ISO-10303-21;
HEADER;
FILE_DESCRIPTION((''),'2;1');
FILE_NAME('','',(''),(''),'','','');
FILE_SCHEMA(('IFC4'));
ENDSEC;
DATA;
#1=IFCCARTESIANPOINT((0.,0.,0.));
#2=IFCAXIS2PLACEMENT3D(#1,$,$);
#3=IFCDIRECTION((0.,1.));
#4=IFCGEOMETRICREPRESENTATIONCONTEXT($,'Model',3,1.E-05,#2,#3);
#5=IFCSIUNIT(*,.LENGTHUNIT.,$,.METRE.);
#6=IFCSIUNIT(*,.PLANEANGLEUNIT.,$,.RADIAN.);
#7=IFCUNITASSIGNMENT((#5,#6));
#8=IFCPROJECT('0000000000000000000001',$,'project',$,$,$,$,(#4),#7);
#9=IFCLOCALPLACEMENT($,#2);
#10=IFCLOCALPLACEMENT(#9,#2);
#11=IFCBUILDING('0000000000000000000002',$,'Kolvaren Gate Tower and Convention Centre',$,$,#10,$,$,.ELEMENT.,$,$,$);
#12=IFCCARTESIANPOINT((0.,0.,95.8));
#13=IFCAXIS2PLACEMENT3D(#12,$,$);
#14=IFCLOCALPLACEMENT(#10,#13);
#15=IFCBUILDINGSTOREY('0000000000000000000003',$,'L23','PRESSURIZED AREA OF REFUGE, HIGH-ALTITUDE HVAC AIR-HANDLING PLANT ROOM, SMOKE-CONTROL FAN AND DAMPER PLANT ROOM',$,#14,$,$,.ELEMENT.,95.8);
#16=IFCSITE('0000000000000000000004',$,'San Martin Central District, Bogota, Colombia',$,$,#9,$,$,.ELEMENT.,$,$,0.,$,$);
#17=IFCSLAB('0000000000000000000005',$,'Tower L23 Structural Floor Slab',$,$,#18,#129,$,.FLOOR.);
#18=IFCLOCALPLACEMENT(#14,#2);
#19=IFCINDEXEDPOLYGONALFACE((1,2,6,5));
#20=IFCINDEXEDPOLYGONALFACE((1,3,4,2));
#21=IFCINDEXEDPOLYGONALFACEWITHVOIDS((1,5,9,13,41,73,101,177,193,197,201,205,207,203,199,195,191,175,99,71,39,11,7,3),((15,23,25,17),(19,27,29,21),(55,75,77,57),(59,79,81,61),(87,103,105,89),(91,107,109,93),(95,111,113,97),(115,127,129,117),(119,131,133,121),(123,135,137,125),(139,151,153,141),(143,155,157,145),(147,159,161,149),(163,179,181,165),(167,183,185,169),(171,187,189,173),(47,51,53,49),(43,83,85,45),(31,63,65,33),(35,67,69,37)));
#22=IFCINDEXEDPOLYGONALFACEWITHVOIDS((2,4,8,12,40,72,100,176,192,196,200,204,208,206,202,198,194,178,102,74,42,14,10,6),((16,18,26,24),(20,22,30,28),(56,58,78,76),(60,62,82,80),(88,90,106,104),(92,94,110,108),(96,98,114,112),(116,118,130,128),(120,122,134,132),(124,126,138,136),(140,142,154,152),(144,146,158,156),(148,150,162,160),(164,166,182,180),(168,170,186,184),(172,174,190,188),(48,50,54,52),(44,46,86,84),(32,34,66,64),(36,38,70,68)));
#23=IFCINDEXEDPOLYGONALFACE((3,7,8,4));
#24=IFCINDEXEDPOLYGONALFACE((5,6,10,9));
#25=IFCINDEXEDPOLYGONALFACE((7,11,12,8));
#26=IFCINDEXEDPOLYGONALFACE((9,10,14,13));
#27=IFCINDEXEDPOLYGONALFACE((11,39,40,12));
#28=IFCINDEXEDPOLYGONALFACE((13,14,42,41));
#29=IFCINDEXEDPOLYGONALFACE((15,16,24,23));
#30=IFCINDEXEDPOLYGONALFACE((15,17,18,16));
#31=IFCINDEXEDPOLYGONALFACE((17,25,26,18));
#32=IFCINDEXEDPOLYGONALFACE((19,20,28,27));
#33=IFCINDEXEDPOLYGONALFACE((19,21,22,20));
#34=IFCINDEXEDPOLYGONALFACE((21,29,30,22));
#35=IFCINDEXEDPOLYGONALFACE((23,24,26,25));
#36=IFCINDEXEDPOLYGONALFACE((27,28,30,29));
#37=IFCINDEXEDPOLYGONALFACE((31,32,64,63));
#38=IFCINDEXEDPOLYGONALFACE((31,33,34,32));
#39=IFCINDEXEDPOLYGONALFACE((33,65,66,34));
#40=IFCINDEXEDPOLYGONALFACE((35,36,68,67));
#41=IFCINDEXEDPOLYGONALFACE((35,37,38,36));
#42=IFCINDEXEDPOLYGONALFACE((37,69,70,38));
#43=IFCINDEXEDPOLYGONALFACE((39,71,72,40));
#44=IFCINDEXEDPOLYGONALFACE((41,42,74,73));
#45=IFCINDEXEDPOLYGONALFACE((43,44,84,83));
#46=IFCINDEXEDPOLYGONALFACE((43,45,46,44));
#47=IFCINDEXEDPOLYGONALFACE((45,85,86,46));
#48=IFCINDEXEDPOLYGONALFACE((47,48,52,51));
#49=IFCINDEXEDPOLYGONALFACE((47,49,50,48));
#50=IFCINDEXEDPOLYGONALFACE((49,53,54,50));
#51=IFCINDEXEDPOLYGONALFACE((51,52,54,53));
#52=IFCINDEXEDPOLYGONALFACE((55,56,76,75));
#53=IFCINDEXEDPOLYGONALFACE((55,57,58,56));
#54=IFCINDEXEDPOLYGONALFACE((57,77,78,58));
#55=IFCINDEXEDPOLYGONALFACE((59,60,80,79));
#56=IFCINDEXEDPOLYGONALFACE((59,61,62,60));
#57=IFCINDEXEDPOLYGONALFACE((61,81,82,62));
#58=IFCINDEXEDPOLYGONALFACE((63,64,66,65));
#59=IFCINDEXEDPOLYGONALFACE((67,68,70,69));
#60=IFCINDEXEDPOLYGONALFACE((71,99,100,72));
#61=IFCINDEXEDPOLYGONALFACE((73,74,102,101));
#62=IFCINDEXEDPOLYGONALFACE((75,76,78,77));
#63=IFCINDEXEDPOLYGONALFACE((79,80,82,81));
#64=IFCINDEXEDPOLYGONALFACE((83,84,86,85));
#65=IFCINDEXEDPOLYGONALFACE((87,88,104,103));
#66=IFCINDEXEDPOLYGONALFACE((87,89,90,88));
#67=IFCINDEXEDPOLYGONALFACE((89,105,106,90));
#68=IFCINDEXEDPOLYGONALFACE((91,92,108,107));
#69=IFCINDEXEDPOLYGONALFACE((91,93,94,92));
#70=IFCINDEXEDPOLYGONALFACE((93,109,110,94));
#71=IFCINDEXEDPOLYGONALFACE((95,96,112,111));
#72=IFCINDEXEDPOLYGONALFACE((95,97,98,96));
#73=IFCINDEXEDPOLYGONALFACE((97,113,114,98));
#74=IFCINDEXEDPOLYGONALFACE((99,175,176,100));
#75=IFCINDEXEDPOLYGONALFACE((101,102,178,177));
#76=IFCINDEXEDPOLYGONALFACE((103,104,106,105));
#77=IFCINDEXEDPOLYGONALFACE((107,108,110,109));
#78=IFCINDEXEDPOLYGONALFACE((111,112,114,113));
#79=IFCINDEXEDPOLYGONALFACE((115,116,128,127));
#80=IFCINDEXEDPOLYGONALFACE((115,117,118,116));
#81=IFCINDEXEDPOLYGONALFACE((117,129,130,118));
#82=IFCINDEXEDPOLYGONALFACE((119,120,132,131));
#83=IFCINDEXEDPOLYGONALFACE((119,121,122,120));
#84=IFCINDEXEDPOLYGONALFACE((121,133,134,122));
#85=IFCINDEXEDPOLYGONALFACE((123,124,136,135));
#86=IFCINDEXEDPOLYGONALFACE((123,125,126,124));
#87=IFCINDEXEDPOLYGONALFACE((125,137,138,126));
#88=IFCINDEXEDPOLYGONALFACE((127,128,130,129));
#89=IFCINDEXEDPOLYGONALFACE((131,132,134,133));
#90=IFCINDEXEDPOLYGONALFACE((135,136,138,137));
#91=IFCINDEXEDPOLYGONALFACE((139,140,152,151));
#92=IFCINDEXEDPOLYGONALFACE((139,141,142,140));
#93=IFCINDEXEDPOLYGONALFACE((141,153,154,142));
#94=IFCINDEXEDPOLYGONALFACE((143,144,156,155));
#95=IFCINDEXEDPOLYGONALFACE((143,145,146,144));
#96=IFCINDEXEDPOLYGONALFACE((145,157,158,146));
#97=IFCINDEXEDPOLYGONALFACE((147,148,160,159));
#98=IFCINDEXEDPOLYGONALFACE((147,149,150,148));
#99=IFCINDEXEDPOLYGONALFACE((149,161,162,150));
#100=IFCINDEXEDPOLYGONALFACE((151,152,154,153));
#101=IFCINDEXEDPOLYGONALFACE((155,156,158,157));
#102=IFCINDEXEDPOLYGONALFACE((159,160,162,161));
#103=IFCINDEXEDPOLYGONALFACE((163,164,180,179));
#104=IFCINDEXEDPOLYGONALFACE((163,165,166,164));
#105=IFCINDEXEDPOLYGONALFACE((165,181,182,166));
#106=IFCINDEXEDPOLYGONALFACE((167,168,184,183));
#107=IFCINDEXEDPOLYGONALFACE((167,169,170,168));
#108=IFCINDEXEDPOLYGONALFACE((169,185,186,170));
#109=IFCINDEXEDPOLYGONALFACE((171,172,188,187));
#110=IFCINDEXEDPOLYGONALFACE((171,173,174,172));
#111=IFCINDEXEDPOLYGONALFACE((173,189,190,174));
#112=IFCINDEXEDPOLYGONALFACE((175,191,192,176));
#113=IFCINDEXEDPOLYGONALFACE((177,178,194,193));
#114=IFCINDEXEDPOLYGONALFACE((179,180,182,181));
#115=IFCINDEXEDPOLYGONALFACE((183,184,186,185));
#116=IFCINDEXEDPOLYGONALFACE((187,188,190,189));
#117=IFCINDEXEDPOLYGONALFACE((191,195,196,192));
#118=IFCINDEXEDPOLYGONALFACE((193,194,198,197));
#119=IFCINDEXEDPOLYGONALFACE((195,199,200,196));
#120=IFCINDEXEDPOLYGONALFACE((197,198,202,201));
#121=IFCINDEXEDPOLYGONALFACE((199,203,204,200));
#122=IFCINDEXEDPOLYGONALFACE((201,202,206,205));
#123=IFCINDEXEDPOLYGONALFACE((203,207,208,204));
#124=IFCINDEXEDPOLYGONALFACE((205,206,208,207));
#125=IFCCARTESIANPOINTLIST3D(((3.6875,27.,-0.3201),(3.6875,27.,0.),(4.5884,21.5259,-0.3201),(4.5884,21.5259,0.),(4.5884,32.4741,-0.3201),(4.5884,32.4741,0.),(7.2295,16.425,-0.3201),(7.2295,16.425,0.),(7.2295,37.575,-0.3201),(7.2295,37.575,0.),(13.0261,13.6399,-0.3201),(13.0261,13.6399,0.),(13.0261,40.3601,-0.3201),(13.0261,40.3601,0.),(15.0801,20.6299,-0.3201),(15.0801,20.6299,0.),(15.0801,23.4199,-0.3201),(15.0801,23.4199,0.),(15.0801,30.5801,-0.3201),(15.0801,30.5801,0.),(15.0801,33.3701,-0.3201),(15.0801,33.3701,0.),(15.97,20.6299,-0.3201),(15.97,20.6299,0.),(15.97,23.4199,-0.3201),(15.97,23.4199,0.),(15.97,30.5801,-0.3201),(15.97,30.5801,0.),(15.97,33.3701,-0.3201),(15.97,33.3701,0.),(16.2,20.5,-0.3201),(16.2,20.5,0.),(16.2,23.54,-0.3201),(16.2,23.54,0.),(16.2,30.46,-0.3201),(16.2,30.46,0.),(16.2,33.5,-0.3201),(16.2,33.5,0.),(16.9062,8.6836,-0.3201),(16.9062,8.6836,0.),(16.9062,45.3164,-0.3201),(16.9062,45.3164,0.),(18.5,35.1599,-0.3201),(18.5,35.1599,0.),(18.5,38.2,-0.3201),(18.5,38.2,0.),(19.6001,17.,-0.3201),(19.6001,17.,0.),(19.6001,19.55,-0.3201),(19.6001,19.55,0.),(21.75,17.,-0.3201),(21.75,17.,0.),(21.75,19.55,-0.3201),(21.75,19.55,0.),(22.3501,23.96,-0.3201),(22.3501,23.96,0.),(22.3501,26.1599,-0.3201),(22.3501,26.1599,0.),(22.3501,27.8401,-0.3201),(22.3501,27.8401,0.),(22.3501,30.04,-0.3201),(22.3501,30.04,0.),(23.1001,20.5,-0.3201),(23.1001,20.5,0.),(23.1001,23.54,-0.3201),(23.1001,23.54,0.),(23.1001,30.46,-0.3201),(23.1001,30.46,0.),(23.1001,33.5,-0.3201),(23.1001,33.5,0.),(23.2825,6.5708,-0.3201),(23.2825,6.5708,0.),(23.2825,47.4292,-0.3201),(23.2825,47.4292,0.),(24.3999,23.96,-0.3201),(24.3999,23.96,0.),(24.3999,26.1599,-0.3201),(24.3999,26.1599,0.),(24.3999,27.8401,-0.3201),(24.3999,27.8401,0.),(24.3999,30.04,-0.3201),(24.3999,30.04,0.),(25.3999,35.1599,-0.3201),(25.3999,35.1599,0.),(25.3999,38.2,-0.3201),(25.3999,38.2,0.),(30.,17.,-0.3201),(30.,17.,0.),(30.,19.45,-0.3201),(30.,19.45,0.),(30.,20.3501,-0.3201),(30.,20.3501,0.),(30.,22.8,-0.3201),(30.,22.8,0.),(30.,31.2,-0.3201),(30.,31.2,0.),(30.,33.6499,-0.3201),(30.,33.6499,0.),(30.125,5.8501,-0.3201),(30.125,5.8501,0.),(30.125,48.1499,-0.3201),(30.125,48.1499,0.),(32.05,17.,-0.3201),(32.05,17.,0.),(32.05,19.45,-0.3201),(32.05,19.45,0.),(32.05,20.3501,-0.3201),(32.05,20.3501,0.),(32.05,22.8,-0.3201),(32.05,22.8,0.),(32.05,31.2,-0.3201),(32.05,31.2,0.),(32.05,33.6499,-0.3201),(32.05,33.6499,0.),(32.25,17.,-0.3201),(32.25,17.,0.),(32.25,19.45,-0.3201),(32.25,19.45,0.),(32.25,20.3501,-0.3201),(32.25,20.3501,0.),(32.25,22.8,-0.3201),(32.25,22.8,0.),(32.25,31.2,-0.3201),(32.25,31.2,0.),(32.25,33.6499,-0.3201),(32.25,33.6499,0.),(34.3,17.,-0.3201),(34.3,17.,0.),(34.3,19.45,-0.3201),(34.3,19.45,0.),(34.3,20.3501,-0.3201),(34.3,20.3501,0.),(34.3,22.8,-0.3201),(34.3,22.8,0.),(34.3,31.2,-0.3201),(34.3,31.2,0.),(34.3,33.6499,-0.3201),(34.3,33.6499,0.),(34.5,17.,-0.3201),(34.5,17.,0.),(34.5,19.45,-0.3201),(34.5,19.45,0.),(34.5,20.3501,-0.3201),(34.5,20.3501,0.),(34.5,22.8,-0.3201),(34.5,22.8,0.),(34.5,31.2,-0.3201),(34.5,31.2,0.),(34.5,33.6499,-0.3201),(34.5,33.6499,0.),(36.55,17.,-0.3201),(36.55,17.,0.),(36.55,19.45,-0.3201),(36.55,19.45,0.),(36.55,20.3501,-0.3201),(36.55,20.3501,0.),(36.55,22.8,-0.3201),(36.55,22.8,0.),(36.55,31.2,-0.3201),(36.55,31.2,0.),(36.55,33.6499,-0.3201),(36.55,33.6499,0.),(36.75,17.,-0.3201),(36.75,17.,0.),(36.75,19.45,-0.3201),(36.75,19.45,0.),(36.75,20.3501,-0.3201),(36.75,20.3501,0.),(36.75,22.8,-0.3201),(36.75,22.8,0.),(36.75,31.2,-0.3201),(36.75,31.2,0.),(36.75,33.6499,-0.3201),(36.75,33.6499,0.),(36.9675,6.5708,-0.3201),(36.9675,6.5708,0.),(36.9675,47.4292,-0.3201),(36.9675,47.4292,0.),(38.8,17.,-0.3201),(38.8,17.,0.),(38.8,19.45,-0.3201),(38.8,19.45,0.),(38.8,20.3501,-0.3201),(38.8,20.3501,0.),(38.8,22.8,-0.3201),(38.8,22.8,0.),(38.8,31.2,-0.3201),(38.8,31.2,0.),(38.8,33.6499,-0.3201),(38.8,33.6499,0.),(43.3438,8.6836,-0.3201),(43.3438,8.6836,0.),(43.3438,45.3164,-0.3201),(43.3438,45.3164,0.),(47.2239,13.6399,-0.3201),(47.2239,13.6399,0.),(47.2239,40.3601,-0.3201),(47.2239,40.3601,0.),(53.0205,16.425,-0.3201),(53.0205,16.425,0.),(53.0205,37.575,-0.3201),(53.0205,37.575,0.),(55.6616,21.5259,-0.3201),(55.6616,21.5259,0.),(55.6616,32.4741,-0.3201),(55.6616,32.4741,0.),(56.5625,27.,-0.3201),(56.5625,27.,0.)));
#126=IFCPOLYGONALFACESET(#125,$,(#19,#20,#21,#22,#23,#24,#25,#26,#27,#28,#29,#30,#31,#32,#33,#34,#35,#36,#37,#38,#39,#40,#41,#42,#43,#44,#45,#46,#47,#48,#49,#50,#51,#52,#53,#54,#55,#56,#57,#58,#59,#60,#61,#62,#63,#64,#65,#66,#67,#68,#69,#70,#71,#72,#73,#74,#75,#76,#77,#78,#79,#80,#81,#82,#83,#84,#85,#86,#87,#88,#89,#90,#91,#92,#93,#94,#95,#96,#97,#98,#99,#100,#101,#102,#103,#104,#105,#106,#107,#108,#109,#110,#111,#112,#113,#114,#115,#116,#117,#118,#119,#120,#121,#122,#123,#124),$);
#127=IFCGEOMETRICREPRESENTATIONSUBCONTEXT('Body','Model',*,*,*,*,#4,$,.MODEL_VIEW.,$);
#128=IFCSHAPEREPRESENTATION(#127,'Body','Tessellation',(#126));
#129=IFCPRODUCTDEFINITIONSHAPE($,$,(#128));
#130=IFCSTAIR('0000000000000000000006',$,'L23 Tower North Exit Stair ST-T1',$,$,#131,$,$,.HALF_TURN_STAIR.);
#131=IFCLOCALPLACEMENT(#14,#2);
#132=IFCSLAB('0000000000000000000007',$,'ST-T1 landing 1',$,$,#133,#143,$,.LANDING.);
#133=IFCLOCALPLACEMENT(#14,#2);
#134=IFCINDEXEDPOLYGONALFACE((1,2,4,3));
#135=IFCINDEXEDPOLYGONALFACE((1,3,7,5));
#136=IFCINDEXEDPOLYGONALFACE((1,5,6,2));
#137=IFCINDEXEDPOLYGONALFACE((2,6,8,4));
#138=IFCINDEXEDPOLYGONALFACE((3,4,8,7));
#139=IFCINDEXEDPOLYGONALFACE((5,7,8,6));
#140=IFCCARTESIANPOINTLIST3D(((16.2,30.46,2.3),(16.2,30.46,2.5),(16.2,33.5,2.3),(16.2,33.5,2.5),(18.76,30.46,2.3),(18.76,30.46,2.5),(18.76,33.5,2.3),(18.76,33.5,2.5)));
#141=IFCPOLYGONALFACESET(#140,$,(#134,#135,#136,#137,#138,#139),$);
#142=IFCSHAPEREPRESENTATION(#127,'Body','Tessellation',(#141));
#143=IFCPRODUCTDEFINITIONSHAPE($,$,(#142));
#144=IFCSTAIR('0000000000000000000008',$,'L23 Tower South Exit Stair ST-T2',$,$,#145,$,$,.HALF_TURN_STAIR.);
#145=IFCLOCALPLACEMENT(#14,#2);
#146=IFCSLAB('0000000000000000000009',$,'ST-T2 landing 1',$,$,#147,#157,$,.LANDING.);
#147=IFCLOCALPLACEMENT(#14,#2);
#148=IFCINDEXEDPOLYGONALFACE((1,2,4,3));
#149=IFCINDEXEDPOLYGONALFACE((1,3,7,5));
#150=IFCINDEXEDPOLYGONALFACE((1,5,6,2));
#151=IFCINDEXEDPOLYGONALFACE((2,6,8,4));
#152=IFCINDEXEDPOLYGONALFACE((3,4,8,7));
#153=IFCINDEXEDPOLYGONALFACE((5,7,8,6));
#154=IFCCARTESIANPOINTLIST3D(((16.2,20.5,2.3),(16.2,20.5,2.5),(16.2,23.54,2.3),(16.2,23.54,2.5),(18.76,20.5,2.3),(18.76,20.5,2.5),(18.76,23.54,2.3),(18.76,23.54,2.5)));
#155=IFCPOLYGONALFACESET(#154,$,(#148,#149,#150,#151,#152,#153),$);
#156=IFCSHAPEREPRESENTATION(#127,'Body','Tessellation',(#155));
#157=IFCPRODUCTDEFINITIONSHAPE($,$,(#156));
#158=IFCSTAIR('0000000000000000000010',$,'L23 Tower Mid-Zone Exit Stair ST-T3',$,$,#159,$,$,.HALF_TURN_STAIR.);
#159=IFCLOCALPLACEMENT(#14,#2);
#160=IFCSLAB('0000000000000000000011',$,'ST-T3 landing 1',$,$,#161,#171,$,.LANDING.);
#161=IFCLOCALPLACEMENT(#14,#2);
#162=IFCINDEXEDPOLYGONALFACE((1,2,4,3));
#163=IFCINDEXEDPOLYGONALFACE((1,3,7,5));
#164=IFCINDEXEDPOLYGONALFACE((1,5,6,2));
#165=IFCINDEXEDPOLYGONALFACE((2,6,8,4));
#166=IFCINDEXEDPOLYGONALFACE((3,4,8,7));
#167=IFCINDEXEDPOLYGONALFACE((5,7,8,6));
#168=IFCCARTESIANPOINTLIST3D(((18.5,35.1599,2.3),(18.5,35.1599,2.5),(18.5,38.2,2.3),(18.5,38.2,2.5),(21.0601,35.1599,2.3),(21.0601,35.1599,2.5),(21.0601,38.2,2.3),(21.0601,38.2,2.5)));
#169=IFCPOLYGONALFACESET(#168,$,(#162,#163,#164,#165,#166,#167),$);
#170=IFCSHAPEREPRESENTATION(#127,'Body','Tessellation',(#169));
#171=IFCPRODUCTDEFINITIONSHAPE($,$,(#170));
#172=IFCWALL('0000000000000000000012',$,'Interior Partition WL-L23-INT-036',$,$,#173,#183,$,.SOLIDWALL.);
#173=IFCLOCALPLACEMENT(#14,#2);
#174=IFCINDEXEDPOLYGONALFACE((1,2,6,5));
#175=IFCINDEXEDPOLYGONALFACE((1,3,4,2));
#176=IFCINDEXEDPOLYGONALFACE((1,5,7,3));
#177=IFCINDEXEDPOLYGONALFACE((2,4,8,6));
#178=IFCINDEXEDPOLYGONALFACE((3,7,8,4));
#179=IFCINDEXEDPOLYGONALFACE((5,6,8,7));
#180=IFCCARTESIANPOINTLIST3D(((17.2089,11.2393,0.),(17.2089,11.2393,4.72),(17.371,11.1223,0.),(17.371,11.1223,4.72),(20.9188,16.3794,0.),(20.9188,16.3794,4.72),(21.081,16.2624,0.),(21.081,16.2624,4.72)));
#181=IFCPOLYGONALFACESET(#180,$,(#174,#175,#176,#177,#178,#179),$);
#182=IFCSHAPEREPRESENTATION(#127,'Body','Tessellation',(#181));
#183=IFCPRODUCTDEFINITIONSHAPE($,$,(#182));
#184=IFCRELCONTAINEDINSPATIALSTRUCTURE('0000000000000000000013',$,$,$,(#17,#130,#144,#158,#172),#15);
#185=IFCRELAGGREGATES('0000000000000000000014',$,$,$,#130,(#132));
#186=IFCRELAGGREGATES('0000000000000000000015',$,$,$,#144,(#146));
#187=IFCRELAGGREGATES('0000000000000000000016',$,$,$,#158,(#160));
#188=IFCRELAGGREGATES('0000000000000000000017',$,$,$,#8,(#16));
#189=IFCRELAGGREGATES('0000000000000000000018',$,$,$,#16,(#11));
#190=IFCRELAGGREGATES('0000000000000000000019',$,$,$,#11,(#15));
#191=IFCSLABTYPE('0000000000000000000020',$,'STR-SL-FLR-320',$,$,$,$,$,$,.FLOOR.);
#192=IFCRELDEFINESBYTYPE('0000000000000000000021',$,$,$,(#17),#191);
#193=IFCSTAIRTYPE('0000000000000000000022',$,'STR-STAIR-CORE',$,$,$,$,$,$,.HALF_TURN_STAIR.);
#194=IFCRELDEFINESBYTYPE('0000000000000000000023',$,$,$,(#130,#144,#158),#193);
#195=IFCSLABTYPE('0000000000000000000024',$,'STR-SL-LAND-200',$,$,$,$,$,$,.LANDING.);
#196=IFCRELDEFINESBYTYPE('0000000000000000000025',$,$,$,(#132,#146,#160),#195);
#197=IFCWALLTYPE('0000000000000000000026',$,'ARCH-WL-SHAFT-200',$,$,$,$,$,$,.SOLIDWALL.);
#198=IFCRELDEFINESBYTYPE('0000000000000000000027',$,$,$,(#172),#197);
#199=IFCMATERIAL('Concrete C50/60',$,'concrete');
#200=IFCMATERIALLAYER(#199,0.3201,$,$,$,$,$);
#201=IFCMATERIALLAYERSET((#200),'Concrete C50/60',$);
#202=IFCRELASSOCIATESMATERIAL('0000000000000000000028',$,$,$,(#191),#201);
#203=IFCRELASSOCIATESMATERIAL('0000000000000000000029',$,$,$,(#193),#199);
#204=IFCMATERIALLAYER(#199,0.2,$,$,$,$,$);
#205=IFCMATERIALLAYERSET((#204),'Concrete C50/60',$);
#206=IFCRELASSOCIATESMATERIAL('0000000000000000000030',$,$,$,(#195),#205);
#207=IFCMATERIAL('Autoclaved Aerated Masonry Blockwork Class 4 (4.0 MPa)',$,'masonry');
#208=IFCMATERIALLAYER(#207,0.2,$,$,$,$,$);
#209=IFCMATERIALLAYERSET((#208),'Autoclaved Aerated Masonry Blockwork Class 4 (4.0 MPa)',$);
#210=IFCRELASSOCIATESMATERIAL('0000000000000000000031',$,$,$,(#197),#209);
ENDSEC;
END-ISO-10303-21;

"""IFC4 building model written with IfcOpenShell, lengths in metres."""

from ifc_helpers import new_model, si_unit, direction, frame, frame_2d, origin, place, context, subcontext, project, spatial, polyline, rectangle, outline, extrude, material, layer, layer_set, type_object, element, aggregate, save


model = new_model("IFC4")

# Units and contexts
model_context = context("Model", 3, precision=1e-05, world=origin(), true_north=direction((0.0, 1.0)))
body_context = subcontext(model_context, "Body", "Model", "MODEL_VIEW")
ifc_project = project(units=[si_unit("LENGTHUNIT", "METRE"), si_unit("PLANEANGLEUNIT", "RADIAN")], contexts=[model_context])

# Site, building, storey
site_placement = place(None, origin())
site = spatial("IfcSite", under=ifc_project, at=site_placement, Name="San Martin Central District, Bogota, Colombia", CompositionType="ELEMENT", RefElevation=0.0)
building_placement = place(site_placement, origin())
building = spatial("IfcBuilding", under=site, at=building_placement, Name="Kolvaren Gate Tower and Convention Centre", CompositionType="ELEMENT")
storey_placement = place(building_placement, frame((0.0, 0.0, 95.8)))
storey = spatial("IfcBuildingStorey", under=building, at=storey_placement, Name="L23", Description="PRESSURIZED AREA OF REFUGE, HIGH-ALTITUDE HVAC AIR-HANDLING PLANT ROOM, SMOKE-CONTROL FAN AND DAMPER PLANT ROOM", CompositionType="ELEMENT", Elevation=95.8)

# Slab
ifc_material_1 = material(Name="Concrete C50/60", Category="concrete")
ifc_layer_1 = layer(ifc_material_1, 0.3201)
ifc_layer_set_1 = layer_set([ifc_layer_1], Name="Concrete C50/60")
slab_type_1 = type_object("IfcSlabType", Name="STR-SL-FLR-320", PredefinedType="FLOOR", material=ifc_layer_set_1)
slab_1_placement = place(storey_placement, frame((0.0, 0.0, -0.3201)))
element("IfcSlab", 1, at=slab_1_placement, inside=storey, type_object=slab_type_1, Name="Tower L23 Structural Floor Slab", PredefinedType="FLOOR", context=body_context, shape_type="SweptSolid", body=[
    extrude(outline(polyline([(56.5625, 27.0), (55.6616, 32.4741), (53.0205, 37.575), (47.2239, 40.3601), (43.3438, 45.3164), (36.9675, 47.4292), (30.125, 48.1499), (23.2825, 47.4292), (16.9062, 45.3164), (13.0261, 40.3601), (7.2295, 37.575), (4.5884, 32.4741), (3.6875, 27.0), (4.5884, 21.5259), (7.2295, 16.425), (13.0261, 13.6399), (16.9062, 8.6836), (23.2825, 6.5708), (30.125, 5.8501), (36.9675, 6.5708), (43.3438, 8.6836), (47.2239, 13.6399), (53.0205, 16.425), (55.6616, 21.5259), (56.5625, 27.0)]), holes=[polyline([(36.75, 33.6499), (38.8, 33.6499), (38.8, 31.2), (36.75, 31.2), (36.75, 33.6499)]), polyline([(36.75, 20.3501), (36.75, 22.8), (38.8, 22.8), (38.8, 20.3501), (36.75, 20.3501)]), polyline([(36.75, 17.0), (36.75, 19.45), (38.8, 19.45), (38.8, 17.0), (36.75, 17.0)]), polyline([(34.5, 33.6499), (36.55, 33.6499), (36.55, 31.2), (34.5, 31.2), (34.5, 33.6499)]), polyline([(34.5, 22.8), (36.55, 22.8), (36.55, 20.3501), (34.5, 20.3501), (34.5, 22.8)]), polyline([(34.5, 17.0), (34.5, 19.45), (36.55, 19.45), (36.55, 17.0), (34.5, 17.0)]), polyline([(32.25, 31.2), (32.25, 33.6499), (34.3, 33.6499), (34.3, 31.2), (32.25, 31.2)]), polyline([(32.25, 22.8), (34.3, 22.8), (34.3, 20.3501), (32.25, 20.3501), (32.25, 22.8)]), polyline([(32.25, 17.0), (32.25, 19.45), (34.3, 19.45), (34.3, 17.0), (32.25, 17.0)]), polyline([(30.0, 31.2), (30.0, 33.6499), (32.05, 33.6499), (32.05, 31.2), (30.0, 31.2)]), polyline([(30.0, 20.3501), (30.0, 22.8), (32.05, 22.8), (32.05, 20.3501), (30.0, 20.3501)]), polyline([(30.0, 17.0), (30.0, 19.45), (32.05, 19.45), (32.05, 17.0), (30.0, 17.0)]), polyline([(25.3999, 35.1599), (18.5, 35.1599), (18.5, 38.2), (25.3999, 38.2), (25.3999, 35.1599)]), polyline([(22.3501, 27.8401), (22.3501, 30.04), (24.3999, 30.04), (24.3999, 27.8401), (22.3501, 27.8401)]), polyline([(22.3501, 23.96), (22.3501, 26.1599), (24.3999, 26.1599), (24.3999, 23.96), (22.3501, 23.96)]), polyline([(23.1001, 30.46), (16.2, 30.46), (16.2, 33.5), (23.1001, 33.5), (23.1001, 30.46)]), polyline([(23.1001, 20.5), (16.2, 20.5), (16.2, 23.54), (23.1001, 23.54), (23.1001, 20.5)]), polyline([(19.6001, 17.0), (19.6001, 19.55), (21.75, 19.55), (21.75, 17.0), (19.6001, 17.0)]), polyline([(15.0801, 23.4199), (15.97, 23.4199), (15.97, 20.6299), (15.0801, 20.6299), (15.0801, 23.4199)]), polyline([(15.0801, 30.5801), (15.0801, 33.3701), (15.97, 33.3701), (15.97, 30.5801), (15.0801, 30.5801)])]), origin(), (0.0, 0.0, 1.0), 0.3201),
])

# Stairs, slabs
stair_type = type_object("IfcStairType", Name="STR-STAIR-CORE", PredefinedType="HALF_TURN_STAIR", material=ifc_material_1)
stair_1_placement = place(storey_placement, origin())
stair_1 = element("IfcStair", 2, at=stair_1_placement, inside=storey, type_object=stair_type, Name="L23 Tower North Exit Stair ST-T1", PredefinedType="HALF_TURN_STAIR")
ifc_layer_2 = layer(ifc_material_1, 0.2)
ifc_layer_set_2 = layer_set([ifc_layer_2], Name="Concrete C50/60")
slab_type_2 = type_object("IfcSlabType", Name="STR-SL-LAND-200", PredefinedType="LANDING", material=ifc_layer_set_2)
slab_2_placement = place(storey_placement, frame((0.0, 0.0, 2.3)))
slab_2 = element("IfcSlab", 3, at=slab_2_placement, type_object=slab_type_2, Name="ST-T1 landing 1", PredefinedType="LANDING", context=body_context, shape_type="SweptSolid", body=[
    extrude(outline(polyline([(18.76, 33.5), (16.2, 33.5), (16.2, 30.46), (18.76, 30.46), (18.76, 33.5)])), origin(), (0.0, 0.0, 1.0), 0.2),
])
aggregate(stair_1, [slab_2])
stair_2_placement = place(storey_placement, origin())
stair_2 = element("IfcStair", 4, at=stair_2_placement, inside=storey, type_object=stair_type, Name="L23 Tower South Exit Stair ST-T2", PredefinedType="HALF_TURN_STAIR")
slab_3_placement = place(storey_placement, frame((0.0, 0.0, 2.3)))
slab_3 = element("IfcSlab", 5, at=slab_3_placement, type_object=slab_type_2, Name="ST-T2 landing 1", PredefinedType="LANDING", context=body_context, shape_type="SweptSolid", body=[
    extrude(outline(polyline([(18.76, 23.54), (16.2, 23.54), (16.2, 20.5), (18.76, 20.5), (18.76, 23.54)])), origin(), (0.0, 0.0, 1.0), 0.2),
])
aggregate(stair_2, [slab_3])
stair_3_placement = place(storey_placement, origin())
stair_3 = element("IfcStair", 6, at=stair_3_placement, inside=storey, type_object=stair_type, Name="L23 Tower Mid-Zone Exit Stair ST-T3", PredefinedType="HALF_TURN_STAIR")
slab_4_placement = place(storey_placement, frame((0.0, 0.0, 2.3)))
slab_4 = element("IfcSlab", 7, at=slab_4_placement, type_object=slab_type_2, Name="ST-T3 landing 1", PredefinedType="LANDING", context=body_context, shape_type="SweptSolid", body=[
    extrude(outline(polyline([(21.0601, 38.2), (18.5, 38.2), (18.5, 35.1599), (21.0601, 35.1599), (21.0601, 38.2)])), origin(), (0.0, 0.0, 1.0), 0.2),
])
aggregate(stair_3, [slab_4])

# Wall
ifc_material_2 = material(Name="Autoclaved Aerated Masonry Blockwork Class 4 (4.0 MPa)", Category="masonry")
ifc_layer_3 = layer(ifc_material_2, 0.2)
ifc_layer_set_3 = layer_set([ifc_layer_3], Name="Autoclaved Aerated Masonry Blockwork Class 4 (4.0 MPa)")
wall_type_1 = type_object("IfcWallType", Name="ARCH-WL-SHAFT-200", PredefinedType="SOLIDWALL", material=ifc_layer_set_3)
wall_1_placement = place(storey_placement, frame((17.29, 11.1809, 0.0), z_axis=(0.0, 0.0, 1.0), x_axis=(0.585246, 0.810856, 0.0)))
element("IfcWall", 8, at=wall_1_placement, inside=storey, type_object=wall_type_1, Name="Interior Partition WL-L23-INT-036", PredefinedType="SOLIDWALL", context=body_context, shape_type="SweptSolid", body=[
    extrude(rectangle(XDim=6.3391, YDim=0.2, at=frame_2d((3.1694, 0.0))), origin(), (0.0, 0.0, 1.0), 4.72),
])

save(model, "model.ifc")
